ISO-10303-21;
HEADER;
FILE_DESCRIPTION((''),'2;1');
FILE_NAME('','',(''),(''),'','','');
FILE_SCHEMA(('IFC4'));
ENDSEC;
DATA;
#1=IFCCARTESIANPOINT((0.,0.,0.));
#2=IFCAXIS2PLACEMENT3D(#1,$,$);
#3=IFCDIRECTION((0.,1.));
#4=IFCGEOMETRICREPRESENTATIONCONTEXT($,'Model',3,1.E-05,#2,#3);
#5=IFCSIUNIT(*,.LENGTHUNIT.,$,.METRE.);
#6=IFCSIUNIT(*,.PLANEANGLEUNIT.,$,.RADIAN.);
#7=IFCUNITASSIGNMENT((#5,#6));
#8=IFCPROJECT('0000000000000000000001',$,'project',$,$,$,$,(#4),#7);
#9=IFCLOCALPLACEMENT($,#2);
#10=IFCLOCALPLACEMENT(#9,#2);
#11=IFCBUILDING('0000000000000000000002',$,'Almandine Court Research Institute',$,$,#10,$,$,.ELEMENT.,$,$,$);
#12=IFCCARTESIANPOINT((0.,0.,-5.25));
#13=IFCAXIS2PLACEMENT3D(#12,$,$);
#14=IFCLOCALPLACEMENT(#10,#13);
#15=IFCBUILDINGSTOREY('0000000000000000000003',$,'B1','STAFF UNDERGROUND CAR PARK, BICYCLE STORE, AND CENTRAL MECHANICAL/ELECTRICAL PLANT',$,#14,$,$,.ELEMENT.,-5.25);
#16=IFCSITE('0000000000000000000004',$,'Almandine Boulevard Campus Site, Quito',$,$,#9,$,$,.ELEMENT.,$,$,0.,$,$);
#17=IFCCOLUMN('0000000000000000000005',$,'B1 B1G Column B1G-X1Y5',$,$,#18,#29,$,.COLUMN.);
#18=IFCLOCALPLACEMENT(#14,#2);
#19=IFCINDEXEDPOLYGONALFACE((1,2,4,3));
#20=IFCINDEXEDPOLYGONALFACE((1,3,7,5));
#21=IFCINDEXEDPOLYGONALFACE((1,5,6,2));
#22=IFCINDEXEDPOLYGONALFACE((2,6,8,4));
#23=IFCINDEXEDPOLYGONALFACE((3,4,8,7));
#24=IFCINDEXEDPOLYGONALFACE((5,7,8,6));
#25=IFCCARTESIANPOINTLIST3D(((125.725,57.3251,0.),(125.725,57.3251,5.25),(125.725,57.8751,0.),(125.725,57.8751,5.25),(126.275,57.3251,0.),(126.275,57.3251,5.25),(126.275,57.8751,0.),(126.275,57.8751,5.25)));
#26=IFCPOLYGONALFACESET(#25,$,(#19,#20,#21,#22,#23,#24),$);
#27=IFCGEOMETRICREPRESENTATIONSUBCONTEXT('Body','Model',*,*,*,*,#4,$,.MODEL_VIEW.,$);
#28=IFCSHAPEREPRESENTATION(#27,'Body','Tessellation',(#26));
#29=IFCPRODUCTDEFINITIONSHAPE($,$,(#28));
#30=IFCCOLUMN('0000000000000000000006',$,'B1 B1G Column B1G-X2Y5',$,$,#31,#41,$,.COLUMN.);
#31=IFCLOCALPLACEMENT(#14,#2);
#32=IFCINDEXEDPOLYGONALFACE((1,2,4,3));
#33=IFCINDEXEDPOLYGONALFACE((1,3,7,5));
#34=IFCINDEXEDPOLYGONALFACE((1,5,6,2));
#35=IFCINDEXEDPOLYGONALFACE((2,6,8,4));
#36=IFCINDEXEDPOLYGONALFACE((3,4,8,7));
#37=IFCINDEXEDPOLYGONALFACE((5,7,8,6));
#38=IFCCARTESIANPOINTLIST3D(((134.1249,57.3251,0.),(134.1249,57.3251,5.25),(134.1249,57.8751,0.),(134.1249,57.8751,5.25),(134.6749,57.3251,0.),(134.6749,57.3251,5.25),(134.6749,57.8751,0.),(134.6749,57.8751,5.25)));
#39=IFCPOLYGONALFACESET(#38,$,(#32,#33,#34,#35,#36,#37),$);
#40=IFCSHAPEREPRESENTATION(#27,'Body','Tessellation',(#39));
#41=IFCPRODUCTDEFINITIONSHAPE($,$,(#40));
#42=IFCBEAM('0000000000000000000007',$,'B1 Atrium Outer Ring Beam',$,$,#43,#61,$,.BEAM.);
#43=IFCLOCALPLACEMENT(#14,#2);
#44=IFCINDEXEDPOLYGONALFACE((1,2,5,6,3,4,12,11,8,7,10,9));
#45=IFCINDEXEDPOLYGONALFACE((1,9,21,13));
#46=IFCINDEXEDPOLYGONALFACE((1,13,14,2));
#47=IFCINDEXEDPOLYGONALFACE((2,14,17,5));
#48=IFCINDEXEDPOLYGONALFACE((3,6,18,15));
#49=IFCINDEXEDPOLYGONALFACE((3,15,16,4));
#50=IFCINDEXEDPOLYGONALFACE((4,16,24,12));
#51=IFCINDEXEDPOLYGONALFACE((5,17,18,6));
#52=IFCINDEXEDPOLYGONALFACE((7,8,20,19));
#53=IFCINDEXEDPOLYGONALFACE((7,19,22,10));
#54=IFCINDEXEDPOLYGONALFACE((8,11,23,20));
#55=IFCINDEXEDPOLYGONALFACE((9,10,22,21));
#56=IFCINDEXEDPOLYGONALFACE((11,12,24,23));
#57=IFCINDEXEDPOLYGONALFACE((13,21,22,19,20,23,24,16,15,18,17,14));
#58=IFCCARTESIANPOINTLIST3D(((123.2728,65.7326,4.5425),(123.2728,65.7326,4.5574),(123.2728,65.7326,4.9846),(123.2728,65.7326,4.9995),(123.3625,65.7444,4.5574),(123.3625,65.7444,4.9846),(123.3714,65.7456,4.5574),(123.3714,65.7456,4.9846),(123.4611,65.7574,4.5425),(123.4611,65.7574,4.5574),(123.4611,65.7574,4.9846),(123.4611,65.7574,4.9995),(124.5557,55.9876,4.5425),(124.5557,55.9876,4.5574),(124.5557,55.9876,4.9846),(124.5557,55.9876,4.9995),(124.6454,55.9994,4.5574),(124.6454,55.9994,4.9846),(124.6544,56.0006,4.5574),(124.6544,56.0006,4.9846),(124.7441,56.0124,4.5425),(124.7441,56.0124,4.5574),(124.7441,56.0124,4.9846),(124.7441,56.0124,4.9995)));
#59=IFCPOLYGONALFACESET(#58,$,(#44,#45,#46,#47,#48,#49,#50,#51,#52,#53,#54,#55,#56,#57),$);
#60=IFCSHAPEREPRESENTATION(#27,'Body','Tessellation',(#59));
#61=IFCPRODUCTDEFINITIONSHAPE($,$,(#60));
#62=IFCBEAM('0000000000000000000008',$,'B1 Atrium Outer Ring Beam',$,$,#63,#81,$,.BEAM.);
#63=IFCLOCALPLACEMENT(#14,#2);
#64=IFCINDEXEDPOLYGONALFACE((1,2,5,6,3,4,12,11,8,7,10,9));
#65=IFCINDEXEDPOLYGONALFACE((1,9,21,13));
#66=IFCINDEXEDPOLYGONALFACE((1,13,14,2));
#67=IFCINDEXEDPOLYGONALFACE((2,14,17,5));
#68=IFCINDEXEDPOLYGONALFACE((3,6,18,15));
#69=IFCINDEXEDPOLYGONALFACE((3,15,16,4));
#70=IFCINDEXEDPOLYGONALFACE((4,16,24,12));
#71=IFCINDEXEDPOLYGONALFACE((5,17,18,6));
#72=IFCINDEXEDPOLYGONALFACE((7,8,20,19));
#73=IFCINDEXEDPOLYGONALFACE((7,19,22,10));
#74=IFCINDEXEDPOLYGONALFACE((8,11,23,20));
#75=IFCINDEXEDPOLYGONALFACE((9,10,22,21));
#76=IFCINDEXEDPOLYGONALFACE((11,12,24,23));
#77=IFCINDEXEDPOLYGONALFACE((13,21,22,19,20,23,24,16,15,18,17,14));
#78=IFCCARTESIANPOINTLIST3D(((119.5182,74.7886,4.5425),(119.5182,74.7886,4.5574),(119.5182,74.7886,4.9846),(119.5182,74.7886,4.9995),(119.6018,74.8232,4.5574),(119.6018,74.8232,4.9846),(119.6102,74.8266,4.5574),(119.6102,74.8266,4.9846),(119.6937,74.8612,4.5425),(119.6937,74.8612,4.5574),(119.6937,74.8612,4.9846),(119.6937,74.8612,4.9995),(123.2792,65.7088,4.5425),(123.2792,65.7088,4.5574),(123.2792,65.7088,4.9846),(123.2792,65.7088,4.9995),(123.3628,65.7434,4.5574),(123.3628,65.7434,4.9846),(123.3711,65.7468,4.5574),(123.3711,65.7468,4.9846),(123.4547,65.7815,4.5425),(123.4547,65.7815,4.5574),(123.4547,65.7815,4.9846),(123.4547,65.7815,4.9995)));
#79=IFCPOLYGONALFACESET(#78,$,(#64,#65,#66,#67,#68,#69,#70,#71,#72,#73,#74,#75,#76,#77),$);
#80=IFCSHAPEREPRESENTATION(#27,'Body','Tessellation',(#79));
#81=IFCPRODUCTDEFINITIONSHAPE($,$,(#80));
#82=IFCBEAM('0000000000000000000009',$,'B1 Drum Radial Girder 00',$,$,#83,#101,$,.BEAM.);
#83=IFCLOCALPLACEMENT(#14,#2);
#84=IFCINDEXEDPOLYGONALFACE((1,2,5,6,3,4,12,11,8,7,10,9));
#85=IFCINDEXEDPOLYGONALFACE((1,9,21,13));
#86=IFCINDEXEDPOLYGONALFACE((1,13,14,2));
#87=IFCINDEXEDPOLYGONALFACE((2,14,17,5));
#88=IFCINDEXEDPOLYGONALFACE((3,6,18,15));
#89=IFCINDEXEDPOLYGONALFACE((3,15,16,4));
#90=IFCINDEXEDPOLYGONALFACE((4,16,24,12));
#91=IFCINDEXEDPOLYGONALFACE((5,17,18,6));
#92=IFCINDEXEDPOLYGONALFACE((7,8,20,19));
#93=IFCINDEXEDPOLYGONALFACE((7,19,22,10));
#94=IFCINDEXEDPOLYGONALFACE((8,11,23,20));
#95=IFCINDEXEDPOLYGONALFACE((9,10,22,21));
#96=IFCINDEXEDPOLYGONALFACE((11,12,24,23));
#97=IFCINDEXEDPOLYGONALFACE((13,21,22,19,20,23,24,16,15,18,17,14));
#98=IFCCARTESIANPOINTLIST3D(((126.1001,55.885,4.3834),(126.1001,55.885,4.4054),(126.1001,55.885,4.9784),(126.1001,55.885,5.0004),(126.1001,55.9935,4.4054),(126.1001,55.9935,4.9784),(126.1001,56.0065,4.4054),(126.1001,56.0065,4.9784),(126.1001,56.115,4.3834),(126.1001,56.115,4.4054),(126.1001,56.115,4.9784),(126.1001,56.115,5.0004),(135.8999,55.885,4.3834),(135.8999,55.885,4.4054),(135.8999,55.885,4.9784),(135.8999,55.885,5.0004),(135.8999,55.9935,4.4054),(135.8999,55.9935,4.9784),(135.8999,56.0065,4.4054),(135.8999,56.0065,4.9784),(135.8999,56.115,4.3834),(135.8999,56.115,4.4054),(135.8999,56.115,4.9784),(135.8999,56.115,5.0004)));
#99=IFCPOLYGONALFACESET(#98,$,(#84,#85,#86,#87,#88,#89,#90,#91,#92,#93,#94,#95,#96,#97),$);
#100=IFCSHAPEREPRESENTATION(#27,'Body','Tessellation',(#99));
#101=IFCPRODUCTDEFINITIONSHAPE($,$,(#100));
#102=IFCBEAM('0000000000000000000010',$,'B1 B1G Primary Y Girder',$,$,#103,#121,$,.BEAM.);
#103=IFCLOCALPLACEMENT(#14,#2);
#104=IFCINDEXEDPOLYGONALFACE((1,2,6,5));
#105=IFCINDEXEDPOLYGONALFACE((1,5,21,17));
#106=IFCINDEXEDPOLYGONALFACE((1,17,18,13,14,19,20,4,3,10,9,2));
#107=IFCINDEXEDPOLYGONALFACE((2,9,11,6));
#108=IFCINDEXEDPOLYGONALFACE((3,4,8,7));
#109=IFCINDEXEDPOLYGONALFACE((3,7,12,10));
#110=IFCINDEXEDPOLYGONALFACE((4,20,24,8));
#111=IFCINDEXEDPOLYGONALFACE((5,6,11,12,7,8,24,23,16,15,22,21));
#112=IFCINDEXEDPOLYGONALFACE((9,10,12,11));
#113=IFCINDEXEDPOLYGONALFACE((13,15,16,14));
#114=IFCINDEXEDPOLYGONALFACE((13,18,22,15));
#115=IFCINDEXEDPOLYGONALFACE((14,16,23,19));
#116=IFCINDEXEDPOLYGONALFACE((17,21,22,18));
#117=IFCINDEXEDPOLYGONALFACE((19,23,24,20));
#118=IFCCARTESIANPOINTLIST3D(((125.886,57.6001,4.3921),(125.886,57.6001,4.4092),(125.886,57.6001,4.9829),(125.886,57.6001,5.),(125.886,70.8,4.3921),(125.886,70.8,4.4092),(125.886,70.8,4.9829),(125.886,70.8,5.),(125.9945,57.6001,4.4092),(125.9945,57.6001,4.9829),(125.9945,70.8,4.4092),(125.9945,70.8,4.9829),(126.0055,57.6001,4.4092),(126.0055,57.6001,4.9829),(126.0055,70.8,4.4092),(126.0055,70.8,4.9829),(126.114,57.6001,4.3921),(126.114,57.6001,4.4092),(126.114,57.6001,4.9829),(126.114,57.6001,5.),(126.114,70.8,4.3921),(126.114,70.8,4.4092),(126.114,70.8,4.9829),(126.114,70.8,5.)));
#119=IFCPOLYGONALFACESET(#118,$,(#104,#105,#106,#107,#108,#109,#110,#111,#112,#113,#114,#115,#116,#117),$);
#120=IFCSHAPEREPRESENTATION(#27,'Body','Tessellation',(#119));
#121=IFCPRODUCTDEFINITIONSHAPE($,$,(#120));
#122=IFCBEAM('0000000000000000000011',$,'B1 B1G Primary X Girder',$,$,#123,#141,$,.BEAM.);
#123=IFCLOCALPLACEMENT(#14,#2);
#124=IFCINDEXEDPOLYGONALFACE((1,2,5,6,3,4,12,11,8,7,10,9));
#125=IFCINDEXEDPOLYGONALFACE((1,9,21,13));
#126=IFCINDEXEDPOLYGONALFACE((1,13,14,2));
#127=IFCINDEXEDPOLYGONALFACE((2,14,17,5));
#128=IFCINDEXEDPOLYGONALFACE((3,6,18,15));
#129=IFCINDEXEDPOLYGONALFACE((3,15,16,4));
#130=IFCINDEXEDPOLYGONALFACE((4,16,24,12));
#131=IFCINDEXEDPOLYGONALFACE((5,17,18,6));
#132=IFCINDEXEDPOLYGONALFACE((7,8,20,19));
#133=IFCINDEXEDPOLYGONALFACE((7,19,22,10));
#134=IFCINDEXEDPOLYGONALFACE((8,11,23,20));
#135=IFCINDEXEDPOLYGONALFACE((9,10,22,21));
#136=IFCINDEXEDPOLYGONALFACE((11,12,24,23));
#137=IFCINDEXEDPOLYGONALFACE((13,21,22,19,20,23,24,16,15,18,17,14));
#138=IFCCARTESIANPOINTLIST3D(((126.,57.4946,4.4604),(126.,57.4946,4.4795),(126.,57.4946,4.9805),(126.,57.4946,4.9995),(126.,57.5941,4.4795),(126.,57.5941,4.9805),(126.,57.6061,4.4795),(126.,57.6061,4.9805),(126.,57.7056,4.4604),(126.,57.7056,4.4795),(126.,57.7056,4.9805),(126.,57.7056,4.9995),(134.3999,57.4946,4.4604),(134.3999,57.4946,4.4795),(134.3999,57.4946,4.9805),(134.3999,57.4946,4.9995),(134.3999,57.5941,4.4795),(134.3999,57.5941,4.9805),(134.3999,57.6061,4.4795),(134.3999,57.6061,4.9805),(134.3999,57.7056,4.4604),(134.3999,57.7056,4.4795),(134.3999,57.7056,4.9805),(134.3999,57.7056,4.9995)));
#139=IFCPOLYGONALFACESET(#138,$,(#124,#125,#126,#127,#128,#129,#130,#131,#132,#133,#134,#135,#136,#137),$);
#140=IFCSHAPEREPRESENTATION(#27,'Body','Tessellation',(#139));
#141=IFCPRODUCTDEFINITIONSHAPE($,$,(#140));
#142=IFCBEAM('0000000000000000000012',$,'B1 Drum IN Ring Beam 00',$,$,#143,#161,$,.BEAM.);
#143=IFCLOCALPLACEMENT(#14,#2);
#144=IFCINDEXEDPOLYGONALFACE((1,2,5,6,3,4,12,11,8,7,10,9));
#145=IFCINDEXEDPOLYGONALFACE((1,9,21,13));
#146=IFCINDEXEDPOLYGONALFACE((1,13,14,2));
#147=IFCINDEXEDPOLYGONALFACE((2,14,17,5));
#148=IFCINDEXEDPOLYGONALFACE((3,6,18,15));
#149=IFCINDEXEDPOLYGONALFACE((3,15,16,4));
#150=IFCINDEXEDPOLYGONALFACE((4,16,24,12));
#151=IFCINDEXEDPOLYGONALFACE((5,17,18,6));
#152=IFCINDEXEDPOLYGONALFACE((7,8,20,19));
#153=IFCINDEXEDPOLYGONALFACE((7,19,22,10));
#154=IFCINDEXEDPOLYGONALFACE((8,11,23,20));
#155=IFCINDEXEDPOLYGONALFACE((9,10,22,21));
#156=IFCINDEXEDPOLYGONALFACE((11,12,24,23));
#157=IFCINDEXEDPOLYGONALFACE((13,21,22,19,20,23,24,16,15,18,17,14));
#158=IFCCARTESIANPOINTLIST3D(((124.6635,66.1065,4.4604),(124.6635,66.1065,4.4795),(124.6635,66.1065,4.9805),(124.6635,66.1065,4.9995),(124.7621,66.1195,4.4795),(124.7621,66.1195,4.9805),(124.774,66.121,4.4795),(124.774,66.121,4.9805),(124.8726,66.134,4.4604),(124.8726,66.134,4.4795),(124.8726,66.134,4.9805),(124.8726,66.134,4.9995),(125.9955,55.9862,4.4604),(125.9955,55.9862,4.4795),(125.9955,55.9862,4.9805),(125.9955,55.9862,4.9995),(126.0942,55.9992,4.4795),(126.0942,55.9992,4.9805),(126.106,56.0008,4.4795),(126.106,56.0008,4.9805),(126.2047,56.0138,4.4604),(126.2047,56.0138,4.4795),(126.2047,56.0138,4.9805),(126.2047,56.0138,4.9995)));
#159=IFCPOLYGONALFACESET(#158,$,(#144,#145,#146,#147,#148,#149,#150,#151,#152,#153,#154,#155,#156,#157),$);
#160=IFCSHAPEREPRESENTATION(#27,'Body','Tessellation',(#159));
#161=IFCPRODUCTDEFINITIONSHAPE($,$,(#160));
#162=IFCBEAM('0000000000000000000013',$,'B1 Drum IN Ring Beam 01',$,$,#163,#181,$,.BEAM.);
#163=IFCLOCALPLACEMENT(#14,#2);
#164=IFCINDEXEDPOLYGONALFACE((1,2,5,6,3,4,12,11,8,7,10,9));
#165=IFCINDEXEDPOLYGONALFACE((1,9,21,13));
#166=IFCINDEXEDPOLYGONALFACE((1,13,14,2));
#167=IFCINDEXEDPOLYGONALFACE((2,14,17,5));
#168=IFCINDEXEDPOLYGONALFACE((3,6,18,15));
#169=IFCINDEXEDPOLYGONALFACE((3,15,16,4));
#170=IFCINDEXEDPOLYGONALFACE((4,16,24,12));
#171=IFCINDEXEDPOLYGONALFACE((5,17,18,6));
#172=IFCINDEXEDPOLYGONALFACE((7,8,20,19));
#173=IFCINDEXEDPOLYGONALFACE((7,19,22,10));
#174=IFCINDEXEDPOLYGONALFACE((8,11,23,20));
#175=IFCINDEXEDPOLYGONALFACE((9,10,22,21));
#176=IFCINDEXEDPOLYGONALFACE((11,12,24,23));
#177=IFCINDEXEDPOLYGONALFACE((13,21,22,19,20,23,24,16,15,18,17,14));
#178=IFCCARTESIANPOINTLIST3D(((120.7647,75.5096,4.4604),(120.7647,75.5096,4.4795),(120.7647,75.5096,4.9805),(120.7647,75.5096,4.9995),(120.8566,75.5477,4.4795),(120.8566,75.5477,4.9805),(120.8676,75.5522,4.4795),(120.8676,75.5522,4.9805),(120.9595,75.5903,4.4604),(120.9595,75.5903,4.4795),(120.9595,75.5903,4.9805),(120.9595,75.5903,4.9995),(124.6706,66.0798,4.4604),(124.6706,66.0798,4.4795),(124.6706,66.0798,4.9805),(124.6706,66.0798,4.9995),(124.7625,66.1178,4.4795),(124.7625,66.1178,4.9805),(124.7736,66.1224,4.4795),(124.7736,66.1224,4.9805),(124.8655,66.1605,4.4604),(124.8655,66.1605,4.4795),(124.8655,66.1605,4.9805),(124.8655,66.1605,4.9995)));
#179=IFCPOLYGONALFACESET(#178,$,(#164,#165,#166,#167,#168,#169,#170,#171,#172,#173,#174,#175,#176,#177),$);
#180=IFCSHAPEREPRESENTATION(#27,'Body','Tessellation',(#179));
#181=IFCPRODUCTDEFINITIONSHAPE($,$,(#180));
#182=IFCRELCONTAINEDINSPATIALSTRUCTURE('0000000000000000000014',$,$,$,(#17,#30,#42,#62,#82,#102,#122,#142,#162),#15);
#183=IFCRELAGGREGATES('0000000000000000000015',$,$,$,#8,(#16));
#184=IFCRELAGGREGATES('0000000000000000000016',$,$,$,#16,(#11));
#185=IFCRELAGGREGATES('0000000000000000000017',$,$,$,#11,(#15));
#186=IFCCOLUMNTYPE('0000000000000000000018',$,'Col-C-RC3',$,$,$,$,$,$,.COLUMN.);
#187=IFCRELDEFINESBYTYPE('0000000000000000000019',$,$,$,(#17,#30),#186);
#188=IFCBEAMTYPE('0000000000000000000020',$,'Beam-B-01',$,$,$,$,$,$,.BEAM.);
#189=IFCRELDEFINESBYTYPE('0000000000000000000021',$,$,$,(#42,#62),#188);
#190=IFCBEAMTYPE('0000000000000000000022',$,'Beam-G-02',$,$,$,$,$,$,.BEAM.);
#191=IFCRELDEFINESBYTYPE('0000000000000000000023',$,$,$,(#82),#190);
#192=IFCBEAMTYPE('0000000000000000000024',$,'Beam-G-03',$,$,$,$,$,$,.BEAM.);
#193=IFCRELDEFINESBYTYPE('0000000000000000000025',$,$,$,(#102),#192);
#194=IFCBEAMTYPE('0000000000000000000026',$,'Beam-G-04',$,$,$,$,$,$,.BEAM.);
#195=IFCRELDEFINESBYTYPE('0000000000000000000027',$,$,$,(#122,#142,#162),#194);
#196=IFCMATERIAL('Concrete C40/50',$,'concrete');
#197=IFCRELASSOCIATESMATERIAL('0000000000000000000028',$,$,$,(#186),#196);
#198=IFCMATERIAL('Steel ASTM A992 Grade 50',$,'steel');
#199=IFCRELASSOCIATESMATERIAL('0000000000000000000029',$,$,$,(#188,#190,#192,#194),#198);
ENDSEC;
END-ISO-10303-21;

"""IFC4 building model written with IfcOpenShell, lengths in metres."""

from ifc_helpers import new_model, si_unit, direction, frame, origin, origin_2d, place, context, subcontext, project, spatial, rectangle, i_section, extrude, material, material_profile, profile_set, type_object, element, save


model = new_model("IFC4")

# Units and contexts
model_context = context("Model", 3, precision=1e-05, world=origin(), true_north=direction((0.0, 1.0)))
body_context = subcontext(model_context, "Body", "Model", "MODEL_VIEW")
ifc_project = project(units=[si_unit("LENGTHUNIT", "METRE"), si_unit("PLANEANGLEUNIT", "RADIAN")], contexts=[model_context])

# Site, building, storey
site_placement = place(None, origin())
site = spatial("IfcSite", under=ifc_project, at=site_placement, Name="Almandine Boulevard Campus Site, Quito", CompositionType="ELEMENT", RefElevation=0.0)
building_placement = place(site_placement, origin())
building = spatial("IfcBuilding", under=site, at=building_placement, Name="Almandine Court Research Institute", CompositionType="ELEMENT")
storey_placement = place(building_placement, frame((0.0, 0.0, -5.25)))
storey = spatial("IfcBuildingStorey", under=building, at=storey_placement, Name="B1", Description="STAFF UNDERGROUND CAR PARK, BICYCLE STORE, AND CENTRAL MECHANICAL/ELECTRICAL PLANT", CompositionType="ELEMENT", Elevation=-5.25)

# Columns
ifc_material_1 = material(Name="Concrete C40/50", Category="concrete")
ifc_material_profile_1 = material_profile(ifc_material_1, rectangle(XDim=0.55, YDim=0.55, at=origin_2d()), Name="RC 550x550")
ifc_profile_set_1 = profile_set([ifc_material_profile_1], Name="Concrete C40/50")
column_type_1 = type_object("IfcColumnType", Name="Col-C-RC3", PredefinedType="COLUMN", material=ifc_profile_set_1)
for number, where, z_axis, x_axis, name in (
    (1, (126.0, 57.6001, 0.0), (0.0, 0.0, 1.0), (1.0, 0.0, 0.0), "B1 B1G Column B1G-X1Y5"),
    (2, (134.3999, 57.6001, 0.0), (0.0, 0.0, 1.0), (1.0, 0.0, 0.0), "B1 B1G Column B1G-X2Y5"),
):
    element("IfcColumn", number, at=place(storey_placement, frame(where, z_axis=z_axis, x_axis=x_axis)), inside=storey, type_object=column_type_1, Name=name, PredefinedType="COLUMN", context=body_context, shape_type="SweptSolid", body=[
        extrude(rectangle(XDim=0.55, YDim=0.55, at=origin_2d()), origin(), (0.0, 0.0, 1.0), 5.25),
    ])

# Beams
ifc_material_2 = material(Name="Steel ASTM A992 Grade 50", Category="steel")
ifc_material_profile_2 = material_profile(ifc_material_2, i_section(OverallWidth=0.1899, OverallDepth=0.457, WebThickness=0.009, FlangeThickness=0.0149, at=origin_2d()), Name="W460x74")
ifc_profile_set_2 = profile_set([ifc_material_profile_2], Name="Steel ASTM A992 Grade 50")
beam_type_1 = type_object("IfcBeamType", Name="Beam-B-01", PredefinedType="BEAM", material=ifc_profile_set_2)
beam_1_placement = place(storey_placement, frame((124.6499, 56.0, 4.771), z_axis=(-0.130525, 0.991445, 0.0), x_axis=(-0.991445, -0.130525, 0.0)))
element("IfcBeam", 3, at=beam_1_placement, inside=storey, type_object=beam_type_1, Name="B1 Atrium Outer Ring Beam", PredefinedType="BEAM", context=body_context, shape_type="SweptSolid", body=[
    extrude(i_section(OverallWidth=0.1899, OverallDepth=0.457, WebThickness=0.009, FlangeThickness=0.0149, at=origin_2d()), origin(), (0.0, 0.0, 1.0), 9.8291),
])
beam_2_placement = place(storey_placement, frame((123.3669, 65.7451, 4.771), z_axis=(-0.382683, 0.92388, 0.0), x_axis=(-0.92388, -0.382683, 0.0)))
element("IfcBeam", 4, at=beam_2_placement, inside=storey, type_object=beam_type_1, Name="B1 Atrium Outer Ring Beam", PredefinedType="BEAM", context=body_context, shape_type="SweptSolid", body=[
    extrude(i_section(OverallWidth=0.1899, OverallDepth=0.457, WebThickness=0.009, FlangeThickness=0.0149, at=origin_2d()), origin(), (0.0, 0.0, 1.0), 9.8279),
])
ifc_material_profile_3 = material_profile(ifc_material_2, i_section(OverallWidth=0.23, OverallDepth=0.6169, WebThickness=0.0129, FlangeThickness=0.022, at=origin_2d()), Name="W610x140")
ifc_profile_set_3 = profile_set([ifc_material_profile_3], Name="Steel ASTM A992 Grade 50")
beam_type_2 = type_object("IfcBeamType", Name="Beam-G-02", PredefinedType="BEAM", material=ifc_profile_set_3)
beam_3_placement = place(storey_placement, frame((126.1001, 56.0, 4.6919), z_axis=(1.0, 0.0, 0.0), x_axis=(0.0, 1.0, 0.0)))
element("IfcBeam", 5, at=beam_3_placement, inside=storey, type_object=beam_type_2, Name="B1 Drum Radial Girder 00", PredefinedType="BEAM", context=body_context, shape_type="SweptSolid", body=[
    extrude(i_section(OverallWidth=0.23, OverallDepth=0.6169, WebThickness=0.0129, FlangeThickness=0.022, at=origin_2d()), origin(), (0.0, 0.0, 1.0), 9.7998),
])
ifc_material_profile_4 = material_profile(ifc_material_2, i_section(OverallWidth=0.228, OverallDepth=0.6079, WebThickness=0.011, FlangeThickness=0.0171, at=origin_2d()), Name="W610x113")
ifc_profile_set_4 = profile_set([ifc_material_profile_4], Name="Steel ASTM A992 Grade 50")
beam_type_3 = type_object("IfcBeamType", Name="Beam-G-03", PredefinedType="BEAM", material=ifc_profile_set_4)
beam_4_placement = place(storey_placement, frame((126.0, 57.6001, 4.696), z_axis=(0.0, 1.0, 0.0), x_axis=(-1.0, 0.0, 0.0)))
element("IfcBeam", 6, at=beam_4_placement, inside=storey, type_object=beam_type_3, Name="B1 B1G Primary Y Girder", PredefinedType="BEAM", context=body_context, shape_type="SweptSolid", body=[
    extrude(i_section(OverallWidth=0.228, OverallDepth=0.6079, WebThickness=0.011, FlangeThickness=0.0171, at=origin_2d()), origin(), (0.0, 0.0, 1.0), 13.2),
])
ifc_material_profile_5 = material_profile(ifc_material_2, i_section(OverallWidth=0.2109, OverallDepth=0.5391, WebThickness=0.012, FlangeThickness=0.019, at=origin_2d()), Name="W530x109")
ifc_profile_set_5 = profile_set([ifc_material_profile_5], Name="Steel ASTM A992 Grade 50")
beam_type_4 = type_object("IfcBeamType", Name="Beam-G-04", PredefinedType="BEAM", material=ifc_profile_set_5)
beam_5_placement = place(storey_placement, frame((126.0, 57.6001, 4.73), z_axis=(1.0, 0.0, 0.0), x_axis=(0.0, 1.0, 0.0)))
element("IfcBeam", 7, at=beam_5_placement, inside=storey, type_object=beam_type_4, Name="B1 B1G Primary X Girder", PredefinedType="BEAM", context=body_context, shape_type="SweptSolid", body=[
    extrude(i_section(OverallWidth=0.2109, OverallDepth=0.5391, WebThickness=0.012, FlangeThickness=0.019, at=origin_2d()), origin(), (0.0, 0.0, 1.0), 8.3999),
])
beam_6_placement = place(storey_placement, frame((126.1001, 56.0, 4.73), z_axis=(-0.130497, 0.991449, 0.0), x_axis=(-0.991449, -0.130497, 0.0)))
element("IfcBeam", 8, at=beam_6_placement, inside=storey, type_object=beam_type_4, Name="B1 Drum IN Ring Beam 00", PredefinedType="BEAM", context=body_context, shape_type="SweptSolid", body=[
    extrude(i_section(OverallWidth=0.2109, OverallDepth=0.5391, WebThickness=0.012, FlangeThickness=0.019, at=origin_2d()), origin(), (0.0, 0.0, 1.0), 10.2075),
])
beam_7_placement = place(storey_placement, frame((124.7681, 66.1201, 4.73), z_axis=(-0.382683, 0.92388, 0.0), x_axis=(-0.92388, -0.382683, 0.0)))
element("IfcBeam", 9, at=beam_7_placement, inside=storey, type_object=beam_type_4, Name="B1 Drum IN Ring Beam 01", PredefinedType="BEAM", context=body_context, shape_type="SweptSolid", body=[
    extrude(i_section(OverallWidth=0.2109, OverallDepth=0.5391, WebThickness=0.012, FlangeThickness=0.019, at=origin_2d()), origin(), (0.0, 0.0, 1.0), 10.2068),
])

save(model, "model.ifc")
